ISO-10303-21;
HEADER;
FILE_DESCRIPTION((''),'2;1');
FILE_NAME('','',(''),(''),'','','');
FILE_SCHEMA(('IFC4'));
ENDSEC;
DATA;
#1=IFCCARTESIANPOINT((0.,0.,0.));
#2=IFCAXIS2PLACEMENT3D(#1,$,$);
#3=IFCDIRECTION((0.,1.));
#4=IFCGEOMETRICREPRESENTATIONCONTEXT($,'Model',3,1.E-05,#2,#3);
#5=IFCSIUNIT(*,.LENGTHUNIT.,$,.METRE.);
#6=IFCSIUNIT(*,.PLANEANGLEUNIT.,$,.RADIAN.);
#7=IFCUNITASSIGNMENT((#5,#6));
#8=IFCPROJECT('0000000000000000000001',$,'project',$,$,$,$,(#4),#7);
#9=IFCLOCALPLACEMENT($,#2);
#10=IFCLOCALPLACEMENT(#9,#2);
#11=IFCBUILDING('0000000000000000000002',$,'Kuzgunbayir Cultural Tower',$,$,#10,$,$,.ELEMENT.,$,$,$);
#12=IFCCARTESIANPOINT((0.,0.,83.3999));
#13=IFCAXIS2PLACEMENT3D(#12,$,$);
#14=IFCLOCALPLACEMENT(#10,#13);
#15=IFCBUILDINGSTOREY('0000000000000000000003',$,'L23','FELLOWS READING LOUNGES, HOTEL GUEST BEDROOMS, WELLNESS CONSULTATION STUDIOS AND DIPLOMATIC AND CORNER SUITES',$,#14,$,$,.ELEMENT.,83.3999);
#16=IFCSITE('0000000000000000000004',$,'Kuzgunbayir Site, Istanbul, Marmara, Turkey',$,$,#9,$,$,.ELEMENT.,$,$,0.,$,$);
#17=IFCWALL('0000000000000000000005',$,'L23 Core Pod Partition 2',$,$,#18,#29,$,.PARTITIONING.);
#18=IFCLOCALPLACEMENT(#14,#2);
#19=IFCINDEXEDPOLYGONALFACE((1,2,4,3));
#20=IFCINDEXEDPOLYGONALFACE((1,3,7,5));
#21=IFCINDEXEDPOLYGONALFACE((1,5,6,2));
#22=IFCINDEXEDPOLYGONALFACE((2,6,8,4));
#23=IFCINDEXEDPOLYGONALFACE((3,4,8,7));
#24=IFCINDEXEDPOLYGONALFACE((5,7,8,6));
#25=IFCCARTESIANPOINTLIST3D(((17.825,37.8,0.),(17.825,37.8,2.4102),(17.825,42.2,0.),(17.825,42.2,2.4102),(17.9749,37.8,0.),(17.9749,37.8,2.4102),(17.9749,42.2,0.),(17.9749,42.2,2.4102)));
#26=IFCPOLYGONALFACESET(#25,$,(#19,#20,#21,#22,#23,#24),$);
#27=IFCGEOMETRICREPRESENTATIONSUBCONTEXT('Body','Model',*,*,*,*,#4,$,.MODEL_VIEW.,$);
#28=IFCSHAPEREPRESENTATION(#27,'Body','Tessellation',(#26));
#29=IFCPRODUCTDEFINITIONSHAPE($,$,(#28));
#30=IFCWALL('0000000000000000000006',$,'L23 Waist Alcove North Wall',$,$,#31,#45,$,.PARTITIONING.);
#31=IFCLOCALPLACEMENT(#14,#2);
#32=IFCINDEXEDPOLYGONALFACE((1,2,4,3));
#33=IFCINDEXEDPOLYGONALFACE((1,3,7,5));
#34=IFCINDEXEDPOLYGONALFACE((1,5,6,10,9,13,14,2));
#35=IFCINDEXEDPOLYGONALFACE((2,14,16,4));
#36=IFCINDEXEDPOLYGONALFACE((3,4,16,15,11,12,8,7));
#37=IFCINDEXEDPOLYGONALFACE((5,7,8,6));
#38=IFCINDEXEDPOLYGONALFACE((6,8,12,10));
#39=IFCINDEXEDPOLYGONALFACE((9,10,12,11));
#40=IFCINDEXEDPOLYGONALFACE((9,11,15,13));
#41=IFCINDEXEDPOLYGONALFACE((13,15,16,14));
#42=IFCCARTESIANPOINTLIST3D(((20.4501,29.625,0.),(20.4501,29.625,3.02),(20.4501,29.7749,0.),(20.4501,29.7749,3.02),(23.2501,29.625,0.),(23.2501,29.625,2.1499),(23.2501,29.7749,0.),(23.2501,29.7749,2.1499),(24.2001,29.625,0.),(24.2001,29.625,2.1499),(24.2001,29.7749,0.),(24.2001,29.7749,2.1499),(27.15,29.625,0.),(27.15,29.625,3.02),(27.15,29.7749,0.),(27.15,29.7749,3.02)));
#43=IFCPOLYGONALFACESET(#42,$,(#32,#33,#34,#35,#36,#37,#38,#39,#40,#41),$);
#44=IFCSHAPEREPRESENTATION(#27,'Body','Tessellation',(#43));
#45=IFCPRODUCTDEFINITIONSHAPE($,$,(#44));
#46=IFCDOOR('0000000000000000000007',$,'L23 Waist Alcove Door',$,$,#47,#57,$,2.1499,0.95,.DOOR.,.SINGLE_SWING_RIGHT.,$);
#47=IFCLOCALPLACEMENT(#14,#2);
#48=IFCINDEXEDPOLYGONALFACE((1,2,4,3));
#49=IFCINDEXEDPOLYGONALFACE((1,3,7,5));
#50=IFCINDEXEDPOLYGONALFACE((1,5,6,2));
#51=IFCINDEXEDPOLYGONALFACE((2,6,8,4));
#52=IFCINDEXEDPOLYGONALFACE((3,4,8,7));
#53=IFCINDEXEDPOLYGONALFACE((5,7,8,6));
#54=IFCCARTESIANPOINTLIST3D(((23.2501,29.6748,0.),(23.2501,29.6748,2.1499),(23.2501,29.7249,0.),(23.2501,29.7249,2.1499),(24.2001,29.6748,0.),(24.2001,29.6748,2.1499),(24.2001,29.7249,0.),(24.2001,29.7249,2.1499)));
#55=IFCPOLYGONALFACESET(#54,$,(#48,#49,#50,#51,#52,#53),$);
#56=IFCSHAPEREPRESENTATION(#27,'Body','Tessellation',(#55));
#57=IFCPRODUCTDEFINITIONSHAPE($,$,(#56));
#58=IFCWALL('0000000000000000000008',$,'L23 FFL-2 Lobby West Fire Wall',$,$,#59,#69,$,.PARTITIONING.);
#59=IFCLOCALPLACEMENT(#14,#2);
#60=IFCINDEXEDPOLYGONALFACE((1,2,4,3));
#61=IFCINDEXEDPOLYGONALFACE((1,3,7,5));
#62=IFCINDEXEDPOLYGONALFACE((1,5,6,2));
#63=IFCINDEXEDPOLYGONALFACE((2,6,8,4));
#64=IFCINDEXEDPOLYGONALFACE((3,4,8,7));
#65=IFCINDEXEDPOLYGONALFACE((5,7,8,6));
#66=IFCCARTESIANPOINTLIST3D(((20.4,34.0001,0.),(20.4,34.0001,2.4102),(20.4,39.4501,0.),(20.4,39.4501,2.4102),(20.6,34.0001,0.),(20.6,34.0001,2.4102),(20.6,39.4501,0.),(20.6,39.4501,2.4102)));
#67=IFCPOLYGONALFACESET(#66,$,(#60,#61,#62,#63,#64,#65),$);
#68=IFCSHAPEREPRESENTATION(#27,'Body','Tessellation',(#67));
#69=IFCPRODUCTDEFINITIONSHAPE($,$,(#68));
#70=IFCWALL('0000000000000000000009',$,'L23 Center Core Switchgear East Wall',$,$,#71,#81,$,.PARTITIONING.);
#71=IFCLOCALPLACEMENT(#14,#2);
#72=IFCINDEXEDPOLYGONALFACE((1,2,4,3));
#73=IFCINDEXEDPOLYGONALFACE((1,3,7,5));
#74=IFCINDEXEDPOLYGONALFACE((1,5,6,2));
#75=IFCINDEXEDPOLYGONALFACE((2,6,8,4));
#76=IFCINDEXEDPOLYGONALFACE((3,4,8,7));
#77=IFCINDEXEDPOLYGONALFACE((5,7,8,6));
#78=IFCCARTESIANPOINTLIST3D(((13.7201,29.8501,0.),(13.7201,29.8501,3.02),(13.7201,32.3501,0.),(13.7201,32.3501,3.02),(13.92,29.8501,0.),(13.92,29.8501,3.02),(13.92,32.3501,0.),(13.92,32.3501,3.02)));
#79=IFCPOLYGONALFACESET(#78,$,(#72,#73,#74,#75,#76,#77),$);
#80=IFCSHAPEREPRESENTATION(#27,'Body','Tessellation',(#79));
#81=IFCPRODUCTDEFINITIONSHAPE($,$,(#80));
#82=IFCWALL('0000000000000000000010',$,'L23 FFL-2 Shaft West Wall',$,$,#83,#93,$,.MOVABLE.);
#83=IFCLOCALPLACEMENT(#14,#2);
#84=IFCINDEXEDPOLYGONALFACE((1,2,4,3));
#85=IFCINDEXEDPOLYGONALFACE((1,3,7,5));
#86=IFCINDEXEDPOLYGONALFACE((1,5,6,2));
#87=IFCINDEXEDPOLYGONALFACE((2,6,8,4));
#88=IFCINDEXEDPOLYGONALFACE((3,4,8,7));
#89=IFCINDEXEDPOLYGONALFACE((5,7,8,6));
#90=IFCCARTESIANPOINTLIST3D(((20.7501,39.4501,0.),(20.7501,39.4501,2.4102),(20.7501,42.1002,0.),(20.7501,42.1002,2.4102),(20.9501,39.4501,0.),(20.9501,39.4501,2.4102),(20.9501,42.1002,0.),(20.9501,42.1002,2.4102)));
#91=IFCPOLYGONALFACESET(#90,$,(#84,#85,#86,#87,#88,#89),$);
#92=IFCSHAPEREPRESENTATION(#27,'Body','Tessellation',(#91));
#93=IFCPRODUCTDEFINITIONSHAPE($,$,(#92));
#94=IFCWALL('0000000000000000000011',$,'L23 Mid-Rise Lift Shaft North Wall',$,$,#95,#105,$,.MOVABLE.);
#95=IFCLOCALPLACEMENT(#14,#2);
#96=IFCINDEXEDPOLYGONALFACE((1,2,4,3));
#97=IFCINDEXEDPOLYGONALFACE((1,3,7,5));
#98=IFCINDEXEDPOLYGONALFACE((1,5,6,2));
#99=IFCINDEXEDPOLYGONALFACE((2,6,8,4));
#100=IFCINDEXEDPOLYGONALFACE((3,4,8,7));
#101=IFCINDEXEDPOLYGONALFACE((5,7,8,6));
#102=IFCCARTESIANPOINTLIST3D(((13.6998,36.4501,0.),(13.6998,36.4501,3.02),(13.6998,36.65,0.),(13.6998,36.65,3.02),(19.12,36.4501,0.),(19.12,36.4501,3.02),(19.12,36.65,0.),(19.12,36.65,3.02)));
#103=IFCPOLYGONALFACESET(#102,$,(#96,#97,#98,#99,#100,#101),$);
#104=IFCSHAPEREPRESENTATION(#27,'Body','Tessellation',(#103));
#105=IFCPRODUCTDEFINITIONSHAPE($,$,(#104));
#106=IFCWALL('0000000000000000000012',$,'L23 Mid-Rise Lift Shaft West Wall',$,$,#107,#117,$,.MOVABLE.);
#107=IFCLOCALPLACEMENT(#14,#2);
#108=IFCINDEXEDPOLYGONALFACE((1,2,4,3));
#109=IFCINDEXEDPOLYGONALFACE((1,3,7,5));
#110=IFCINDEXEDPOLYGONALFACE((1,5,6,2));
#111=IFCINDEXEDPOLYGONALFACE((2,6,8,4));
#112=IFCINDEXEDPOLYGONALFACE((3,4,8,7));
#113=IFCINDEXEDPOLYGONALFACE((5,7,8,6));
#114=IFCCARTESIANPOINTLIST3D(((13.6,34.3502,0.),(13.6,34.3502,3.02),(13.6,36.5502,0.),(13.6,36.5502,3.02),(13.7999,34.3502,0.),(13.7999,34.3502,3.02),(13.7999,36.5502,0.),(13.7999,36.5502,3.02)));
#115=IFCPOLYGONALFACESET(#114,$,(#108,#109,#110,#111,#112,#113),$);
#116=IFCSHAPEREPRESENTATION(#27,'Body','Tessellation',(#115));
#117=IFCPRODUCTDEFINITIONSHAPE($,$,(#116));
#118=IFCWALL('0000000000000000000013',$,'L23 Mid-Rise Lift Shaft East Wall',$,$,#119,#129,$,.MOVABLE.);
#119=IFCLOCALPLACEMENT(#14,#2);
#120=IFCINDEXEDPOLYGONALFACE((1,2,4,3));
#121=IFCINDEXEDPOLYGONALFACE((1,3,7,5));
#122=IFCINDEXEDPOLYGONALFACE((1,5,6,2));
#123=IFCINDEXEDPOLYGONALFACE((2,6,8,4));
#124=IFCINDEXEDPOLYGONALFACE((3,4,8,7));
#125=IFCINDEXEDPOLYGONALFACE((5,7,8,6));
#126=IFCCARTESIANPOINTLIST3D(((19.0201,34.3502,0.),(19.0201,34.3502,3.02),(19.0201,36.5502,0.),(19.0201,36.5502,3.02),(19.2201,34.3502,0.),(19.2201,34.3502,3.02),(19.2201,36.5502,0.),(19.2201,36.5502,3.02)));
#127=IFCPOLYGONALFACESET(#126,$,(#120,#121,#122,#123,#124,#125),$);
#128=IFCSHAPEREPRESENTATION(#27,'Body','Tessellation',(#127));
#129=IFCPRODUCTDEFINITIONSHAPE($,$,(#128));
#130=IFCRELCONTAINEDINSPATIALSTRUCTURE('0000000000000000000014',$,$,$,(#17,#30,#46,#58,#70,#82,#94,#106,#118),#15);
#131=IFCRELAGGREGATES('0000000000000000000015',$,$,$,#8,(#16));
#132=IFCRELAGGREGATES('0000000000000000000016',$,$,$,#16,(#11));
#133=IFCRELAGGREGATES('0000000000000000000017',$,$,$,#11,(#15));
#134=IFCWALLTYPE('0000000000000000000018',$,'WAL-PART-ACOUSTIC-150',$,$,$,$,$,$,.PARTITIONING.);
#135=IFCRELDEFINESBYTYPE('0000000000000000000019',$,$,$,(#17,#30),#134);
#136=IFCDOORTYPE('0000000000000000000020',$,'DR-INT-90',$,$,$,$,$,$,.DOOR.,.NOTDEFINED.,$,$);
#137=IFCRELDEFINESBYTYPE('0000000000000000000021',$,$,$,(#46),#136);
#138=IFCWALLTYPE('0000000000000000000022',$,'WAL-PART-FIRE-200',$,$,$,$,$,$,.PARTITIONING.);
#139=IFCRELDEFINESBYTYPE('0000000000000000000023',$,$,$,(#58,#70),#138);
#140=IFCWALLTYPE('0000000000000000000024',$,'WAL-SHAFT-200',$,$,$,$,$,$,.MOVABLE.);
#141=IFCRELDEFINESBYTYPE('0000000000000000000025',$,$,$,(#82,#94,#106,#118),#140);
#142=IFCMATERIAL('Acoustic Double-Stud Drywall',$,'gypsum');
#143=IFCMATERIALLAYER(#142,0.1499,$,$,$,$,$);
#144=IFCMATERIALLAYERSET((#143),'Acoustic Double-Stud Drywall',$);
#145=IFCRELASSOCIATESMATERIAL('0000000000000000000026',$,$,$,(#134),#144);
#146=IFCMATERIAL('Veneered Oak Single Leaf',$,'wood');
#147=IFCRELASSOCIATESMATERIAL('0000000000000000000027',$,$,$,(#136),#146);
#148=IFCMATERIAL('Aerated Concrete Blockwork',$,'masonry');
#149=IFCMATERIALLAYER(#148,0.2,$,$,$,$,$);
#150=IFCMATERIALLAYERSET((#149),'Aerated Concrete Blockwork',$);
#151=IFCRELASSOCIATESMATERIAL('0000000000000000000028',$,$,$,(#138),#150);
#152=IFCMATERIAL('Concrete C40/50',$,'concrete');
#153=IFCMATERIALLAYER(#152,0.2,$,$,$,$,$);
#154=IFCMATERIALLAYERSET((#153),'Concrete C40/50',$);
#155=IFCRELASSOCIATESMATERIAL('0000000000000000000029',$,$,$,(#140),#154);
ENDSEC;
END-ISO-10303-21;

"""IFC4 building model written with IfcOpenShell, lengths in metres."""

from ifc_helpers import new_model, si_unit, direction, frame, frame_2d, origin, place, context, subcontext, project, spatial, rectangle, extrude, material, layer, layer_set, type_object, element, fill, save


model = new_model("IFC4")

# Units and contexts
model_context = context("Model", 3, precision=1e-05, world=origin(), true_north=direction((0.0, 1.0)))
body_context = subcontext(model_context, "Body", "Model", "MODEL_VIEW")
ifc_project = project(units=[si_unit("LENGTHUNIT", "METRE"), si_unit("PLANEANGLEUNIT", "RADIAN")], contexts=[model_context])

# Site, building, storey
site_placement = place(None, origin())
site = spatial("IfcSite", under=ifc_project, at=site_placement, Name="Kuzgunbayir Site, Istanbul, Marmara, Turkey", CompositionType="ELEMENT", RefElevation=0.0)
building_placement = place(site_placement, origin())
building = spatial("IfcBuilding", under=site, at=building_placement, Name="Kuzgunbayir Cultural Tower", CompositionType="ELEMENT")
storey_placement = place(building_placement, frame((0.0, 0.0, 83.3999)))
storey = spatial("IfcBuildingStorey", under=building, at=storey_placement, Name="L23", Description="FELLOWS READING LOUNGES, HOTEL GUEST BEDROOMS, WELLNESS CONSULTATION STUDIOS AND DIPLOMATIC AND CORNER SUITES", CompositionType="ELEMENT", Elevation=83.3999)

# Wall
ifc_material_1 = material(Name="Acoustic Double-Stud Drywall", Category="gypsum")
ifc_layer_1 = layer(ifc_material_1, 0.1499)
ifc_layer_set_1 = layer_set([ifc_layer_1], Name="Acoustic Double-Stud Drywall")
wall_type_1 = type_object("IfcWallType", Name="WAL-PART-ACOUSTIC-150", PredefinedType="PARTITIONING", material=ifc_layer_set_1)
for number, where, z_axis, x_axis, name in (
    (1, (17.8999, 37.8, 0.0), (0.0, 0.0, 1.0), (0.0, 1.0, 0.0), "L23 Core Pod Partition 2"),
):
    element("IfcWall", number, at=place(storey_placement, frame(where, z_axis=z_axis, x_axis=x_axis)), inside=storey, type_object=wall_type_1, Name=name, PredefinedType="PARTITIONING", context=body_context, shape_type="SweptSolid", body=[
        extrude(rectangle(XDim=4.3999, YDim=0.1499, at=frame_2d((2.2, 0.0))), origin(), (0.0, 0.0, 1.0), 2.4102),
    ])

# Wall, opening, door
wall_1_placement = place(storey_placement, frame((20.45, 29.7, 0.0), z_axis=(0.0, 0.0, 1.0), x_axis=(1.0, 0.0, 0.0)))
wall_1 = element("IfcWall", 2, at=wall_1_placement, inside=storey, type_object=wall_type_1, Name="L23 Waist Alcove North Wall", PredefinedType="PARTITIONING", context=body_context, shape_type="SweptSolid", body=[
    extrude(rectangle(XDim=6.7, YDim=0.1499, at=frame_2d((3.3501, 0.0))), origin(), (0.0, 0.0, 1.0), 3.02),
])
opening_1_placement = place(wall_1_placement, frame((2.8, 0.0, 0.0)))
opening_1 = element("IfcOpeningElement", 3, at=opening_1_placement, cuts=wall_1, PredefinedType="OPENING", context=body_context, shape_type="SweptSolid", body=[
    extrude(rectangle(XDim=0.95, YDim=2.1499, at=frame_2d((0.4751, 1.075))), frame((0.0, 0.085, 0.0), z_axis=(0.0, -1.0, 0.0), x_axis=(1.0, 0.0, 0.0)), (0.0, 0.0, 1.0), 0.1699),
])
ifc_material_2 = material(Name="Veneered Oak Single Leaf", Category="wood")
door_type_1 = type_object("IfcDoorType", Name="DR-INT-90", OperationType="NOTDEFINED", PredefinedType="DOOR", material=ifc_material_2)
door_1_placement = place(opening_1_placement, origin())
door_1 = element("IfcDoor", 4, at=door_1_placement, inside=storey, type_object=door_type_1, Name="L23 Waist Alcove Door", OperationType="SINGLE_SWING_RIGHT", OverallHeight=2.1499, OverallWidth=0.95, PredefinedType="DOOR", context=body_context, shape_type="SweptSolid", body=[
    extrude(rectangle(XDim=0.95, YDim=2.1499, at=frame_2d((0.4751, 1.075))), frame((0.0, 0.0249, 0.0), z_axis=(0.0, -1.0, 0.0), x_axis=(1.0, 0.0, 0.0)), (0.0, 0.0, 1.0), 0.05),
])
fill(opening_1, door_1)

# Wall
ifc_material_3 = material(Name="Aerated Concrete Blockwork", Category="masonry")
ifc_layer_2 = layer(ifc_material_3, 0.2)
ifc_layer_set_2 = layer_set([ifc_layer_2], Name="Aerated Concrete Blockwork")
wall_type_2 = type_object("IfcWallType", Name="WAL-PART-FIRE-200", PredefinedType="PARTITIONING", material=ifc_layer_set_2)
wall_2_placement = place(storey_placement, frame((20.5, 34.0, 0.0), z_axis=(0.0, 0.0, 1.0), x_axis=(0.0, 1.0, 0.0)))
element("IfcWall", 5, at=wall_2_placement, inside=storey, type_object=wall_type_2, Name="L23 FFL-2 Lobby West Fire Wall", PredefinedType="PARTITIONING", context=body_context, shape_type="SweptSolid", body=[
    extrude(rectangle(XDim=5.45, YDim=0.2, at=frame_2d((2.7251, 0.0))), origin(), (0.0, 0.0, 1.0), 2.4102),
])

# Wall
wall_3_placement = place(storey_placement, frame((13.8201, 29.8501, 0.0), z_axis=(0.0, 0.0, 1.0), x_axis=(0.0, 1.0, 0.0)))
element("IfcWall", 6, at=wall_3_placement, inside=storey, type_object=wall_type_2, Name="L23 Center Core Switchgear East Wall", PredefinedType="PARTITIONING", context=body_context, shape_type="SweptSolid", body=[
    extrude(rectangle(XDim=2.5, YDim=0.2, at=frame_2d((1.25, 0.0))), origin(), (0.0, 0.0, 1.0), 3.02),
])

# Shared definitions
ifc_material_4 = material(Name="Concrete C40/50", Category="concrete")
ifc_layer_3 = layer(ifc_material_4, 0.2)
ifc_layer_set_3 = layer_set([ifc_layer_3], Name="Concrete C40/50")
wall_type_3 = type_object("IfcWallType", Name="WAL-SHAFT-200", PredefinedType="MOVABLE", material=ifc_layer_set_3)

# Wall
wall_4_placement = place(storey_placement, frame((20.8501, 39.45, 0.0), z_axis=(0.0, 0.0, 1.0), x_axis=(0.0, 1.0, 0.0)))
element("IfcWall", 7, at=wall_4_placement, inside=storey, type_object=wall_type_3, Name="L23 FFL-2 Shaft West Wall", PredefinedType="MOVABLE", context=body_context, shape_type="SweptSolid", body=[
    extrude(rectangle(XDim=2.6501, YDim=0.2, at=frame_2d((1.3252, 0.0))), origin(), (0.0, 0.0, 1.0), 2.4102),
])

# Walls
wall_5_placement = place(storey_placement, frame((13.7, 36.55, 0.0), z_axis=(0.0, 0.0, 1.0), x_axis=(1.0, 0.0, 0.0)))
element("IfcWall", 8, at=wall_5_placement, inside=storey, type_object=wall_type_3, Name="L23 Mid-Rise Lift Shaft North Wall", PredefinedType="MOVABLE", context=body_context, shape_type="SweptSolid", body=[
    extrude(rectangle(XDim=5.4202, YDim=0.2, at=frame_2d((2.71, 0.0))), origin(), (0.0, 0.0, 1.0), 3.02),
])
for number, where, z_axis, x_axis, name in (
    (9, (13.7, 34.3501, 0.0), (0.0, 0.0, 1.0), (0.0, 1.0, 0.0), "L23 Mid-Rise Lift Shaft West Wall"),
    (10, (19.1201, 34.3501, 0.0), (0.0, 0.0, 1.0), (0.0, 1.0, 0.0), "L23 Mid-Rise Lift Shaft East Wall"),
):
    element("IfcWall", number, at=place(storey_placement, frame(where, z_axis=z_axis, x_axis=x_axis)), inside=storey, type_object=wall_type_3, Name=name, PredefinedType="MOVABLE", context=body_context, shape_type="SweptSolid", body=[
        extrude(rectangle(XDim=2.2, YDim=0.2, at=frame_2d((1.1001, 0.0))), origin(), (0.0, 0.0, 1.0), 3.02),
    ])

save(model, "model.ifc")
